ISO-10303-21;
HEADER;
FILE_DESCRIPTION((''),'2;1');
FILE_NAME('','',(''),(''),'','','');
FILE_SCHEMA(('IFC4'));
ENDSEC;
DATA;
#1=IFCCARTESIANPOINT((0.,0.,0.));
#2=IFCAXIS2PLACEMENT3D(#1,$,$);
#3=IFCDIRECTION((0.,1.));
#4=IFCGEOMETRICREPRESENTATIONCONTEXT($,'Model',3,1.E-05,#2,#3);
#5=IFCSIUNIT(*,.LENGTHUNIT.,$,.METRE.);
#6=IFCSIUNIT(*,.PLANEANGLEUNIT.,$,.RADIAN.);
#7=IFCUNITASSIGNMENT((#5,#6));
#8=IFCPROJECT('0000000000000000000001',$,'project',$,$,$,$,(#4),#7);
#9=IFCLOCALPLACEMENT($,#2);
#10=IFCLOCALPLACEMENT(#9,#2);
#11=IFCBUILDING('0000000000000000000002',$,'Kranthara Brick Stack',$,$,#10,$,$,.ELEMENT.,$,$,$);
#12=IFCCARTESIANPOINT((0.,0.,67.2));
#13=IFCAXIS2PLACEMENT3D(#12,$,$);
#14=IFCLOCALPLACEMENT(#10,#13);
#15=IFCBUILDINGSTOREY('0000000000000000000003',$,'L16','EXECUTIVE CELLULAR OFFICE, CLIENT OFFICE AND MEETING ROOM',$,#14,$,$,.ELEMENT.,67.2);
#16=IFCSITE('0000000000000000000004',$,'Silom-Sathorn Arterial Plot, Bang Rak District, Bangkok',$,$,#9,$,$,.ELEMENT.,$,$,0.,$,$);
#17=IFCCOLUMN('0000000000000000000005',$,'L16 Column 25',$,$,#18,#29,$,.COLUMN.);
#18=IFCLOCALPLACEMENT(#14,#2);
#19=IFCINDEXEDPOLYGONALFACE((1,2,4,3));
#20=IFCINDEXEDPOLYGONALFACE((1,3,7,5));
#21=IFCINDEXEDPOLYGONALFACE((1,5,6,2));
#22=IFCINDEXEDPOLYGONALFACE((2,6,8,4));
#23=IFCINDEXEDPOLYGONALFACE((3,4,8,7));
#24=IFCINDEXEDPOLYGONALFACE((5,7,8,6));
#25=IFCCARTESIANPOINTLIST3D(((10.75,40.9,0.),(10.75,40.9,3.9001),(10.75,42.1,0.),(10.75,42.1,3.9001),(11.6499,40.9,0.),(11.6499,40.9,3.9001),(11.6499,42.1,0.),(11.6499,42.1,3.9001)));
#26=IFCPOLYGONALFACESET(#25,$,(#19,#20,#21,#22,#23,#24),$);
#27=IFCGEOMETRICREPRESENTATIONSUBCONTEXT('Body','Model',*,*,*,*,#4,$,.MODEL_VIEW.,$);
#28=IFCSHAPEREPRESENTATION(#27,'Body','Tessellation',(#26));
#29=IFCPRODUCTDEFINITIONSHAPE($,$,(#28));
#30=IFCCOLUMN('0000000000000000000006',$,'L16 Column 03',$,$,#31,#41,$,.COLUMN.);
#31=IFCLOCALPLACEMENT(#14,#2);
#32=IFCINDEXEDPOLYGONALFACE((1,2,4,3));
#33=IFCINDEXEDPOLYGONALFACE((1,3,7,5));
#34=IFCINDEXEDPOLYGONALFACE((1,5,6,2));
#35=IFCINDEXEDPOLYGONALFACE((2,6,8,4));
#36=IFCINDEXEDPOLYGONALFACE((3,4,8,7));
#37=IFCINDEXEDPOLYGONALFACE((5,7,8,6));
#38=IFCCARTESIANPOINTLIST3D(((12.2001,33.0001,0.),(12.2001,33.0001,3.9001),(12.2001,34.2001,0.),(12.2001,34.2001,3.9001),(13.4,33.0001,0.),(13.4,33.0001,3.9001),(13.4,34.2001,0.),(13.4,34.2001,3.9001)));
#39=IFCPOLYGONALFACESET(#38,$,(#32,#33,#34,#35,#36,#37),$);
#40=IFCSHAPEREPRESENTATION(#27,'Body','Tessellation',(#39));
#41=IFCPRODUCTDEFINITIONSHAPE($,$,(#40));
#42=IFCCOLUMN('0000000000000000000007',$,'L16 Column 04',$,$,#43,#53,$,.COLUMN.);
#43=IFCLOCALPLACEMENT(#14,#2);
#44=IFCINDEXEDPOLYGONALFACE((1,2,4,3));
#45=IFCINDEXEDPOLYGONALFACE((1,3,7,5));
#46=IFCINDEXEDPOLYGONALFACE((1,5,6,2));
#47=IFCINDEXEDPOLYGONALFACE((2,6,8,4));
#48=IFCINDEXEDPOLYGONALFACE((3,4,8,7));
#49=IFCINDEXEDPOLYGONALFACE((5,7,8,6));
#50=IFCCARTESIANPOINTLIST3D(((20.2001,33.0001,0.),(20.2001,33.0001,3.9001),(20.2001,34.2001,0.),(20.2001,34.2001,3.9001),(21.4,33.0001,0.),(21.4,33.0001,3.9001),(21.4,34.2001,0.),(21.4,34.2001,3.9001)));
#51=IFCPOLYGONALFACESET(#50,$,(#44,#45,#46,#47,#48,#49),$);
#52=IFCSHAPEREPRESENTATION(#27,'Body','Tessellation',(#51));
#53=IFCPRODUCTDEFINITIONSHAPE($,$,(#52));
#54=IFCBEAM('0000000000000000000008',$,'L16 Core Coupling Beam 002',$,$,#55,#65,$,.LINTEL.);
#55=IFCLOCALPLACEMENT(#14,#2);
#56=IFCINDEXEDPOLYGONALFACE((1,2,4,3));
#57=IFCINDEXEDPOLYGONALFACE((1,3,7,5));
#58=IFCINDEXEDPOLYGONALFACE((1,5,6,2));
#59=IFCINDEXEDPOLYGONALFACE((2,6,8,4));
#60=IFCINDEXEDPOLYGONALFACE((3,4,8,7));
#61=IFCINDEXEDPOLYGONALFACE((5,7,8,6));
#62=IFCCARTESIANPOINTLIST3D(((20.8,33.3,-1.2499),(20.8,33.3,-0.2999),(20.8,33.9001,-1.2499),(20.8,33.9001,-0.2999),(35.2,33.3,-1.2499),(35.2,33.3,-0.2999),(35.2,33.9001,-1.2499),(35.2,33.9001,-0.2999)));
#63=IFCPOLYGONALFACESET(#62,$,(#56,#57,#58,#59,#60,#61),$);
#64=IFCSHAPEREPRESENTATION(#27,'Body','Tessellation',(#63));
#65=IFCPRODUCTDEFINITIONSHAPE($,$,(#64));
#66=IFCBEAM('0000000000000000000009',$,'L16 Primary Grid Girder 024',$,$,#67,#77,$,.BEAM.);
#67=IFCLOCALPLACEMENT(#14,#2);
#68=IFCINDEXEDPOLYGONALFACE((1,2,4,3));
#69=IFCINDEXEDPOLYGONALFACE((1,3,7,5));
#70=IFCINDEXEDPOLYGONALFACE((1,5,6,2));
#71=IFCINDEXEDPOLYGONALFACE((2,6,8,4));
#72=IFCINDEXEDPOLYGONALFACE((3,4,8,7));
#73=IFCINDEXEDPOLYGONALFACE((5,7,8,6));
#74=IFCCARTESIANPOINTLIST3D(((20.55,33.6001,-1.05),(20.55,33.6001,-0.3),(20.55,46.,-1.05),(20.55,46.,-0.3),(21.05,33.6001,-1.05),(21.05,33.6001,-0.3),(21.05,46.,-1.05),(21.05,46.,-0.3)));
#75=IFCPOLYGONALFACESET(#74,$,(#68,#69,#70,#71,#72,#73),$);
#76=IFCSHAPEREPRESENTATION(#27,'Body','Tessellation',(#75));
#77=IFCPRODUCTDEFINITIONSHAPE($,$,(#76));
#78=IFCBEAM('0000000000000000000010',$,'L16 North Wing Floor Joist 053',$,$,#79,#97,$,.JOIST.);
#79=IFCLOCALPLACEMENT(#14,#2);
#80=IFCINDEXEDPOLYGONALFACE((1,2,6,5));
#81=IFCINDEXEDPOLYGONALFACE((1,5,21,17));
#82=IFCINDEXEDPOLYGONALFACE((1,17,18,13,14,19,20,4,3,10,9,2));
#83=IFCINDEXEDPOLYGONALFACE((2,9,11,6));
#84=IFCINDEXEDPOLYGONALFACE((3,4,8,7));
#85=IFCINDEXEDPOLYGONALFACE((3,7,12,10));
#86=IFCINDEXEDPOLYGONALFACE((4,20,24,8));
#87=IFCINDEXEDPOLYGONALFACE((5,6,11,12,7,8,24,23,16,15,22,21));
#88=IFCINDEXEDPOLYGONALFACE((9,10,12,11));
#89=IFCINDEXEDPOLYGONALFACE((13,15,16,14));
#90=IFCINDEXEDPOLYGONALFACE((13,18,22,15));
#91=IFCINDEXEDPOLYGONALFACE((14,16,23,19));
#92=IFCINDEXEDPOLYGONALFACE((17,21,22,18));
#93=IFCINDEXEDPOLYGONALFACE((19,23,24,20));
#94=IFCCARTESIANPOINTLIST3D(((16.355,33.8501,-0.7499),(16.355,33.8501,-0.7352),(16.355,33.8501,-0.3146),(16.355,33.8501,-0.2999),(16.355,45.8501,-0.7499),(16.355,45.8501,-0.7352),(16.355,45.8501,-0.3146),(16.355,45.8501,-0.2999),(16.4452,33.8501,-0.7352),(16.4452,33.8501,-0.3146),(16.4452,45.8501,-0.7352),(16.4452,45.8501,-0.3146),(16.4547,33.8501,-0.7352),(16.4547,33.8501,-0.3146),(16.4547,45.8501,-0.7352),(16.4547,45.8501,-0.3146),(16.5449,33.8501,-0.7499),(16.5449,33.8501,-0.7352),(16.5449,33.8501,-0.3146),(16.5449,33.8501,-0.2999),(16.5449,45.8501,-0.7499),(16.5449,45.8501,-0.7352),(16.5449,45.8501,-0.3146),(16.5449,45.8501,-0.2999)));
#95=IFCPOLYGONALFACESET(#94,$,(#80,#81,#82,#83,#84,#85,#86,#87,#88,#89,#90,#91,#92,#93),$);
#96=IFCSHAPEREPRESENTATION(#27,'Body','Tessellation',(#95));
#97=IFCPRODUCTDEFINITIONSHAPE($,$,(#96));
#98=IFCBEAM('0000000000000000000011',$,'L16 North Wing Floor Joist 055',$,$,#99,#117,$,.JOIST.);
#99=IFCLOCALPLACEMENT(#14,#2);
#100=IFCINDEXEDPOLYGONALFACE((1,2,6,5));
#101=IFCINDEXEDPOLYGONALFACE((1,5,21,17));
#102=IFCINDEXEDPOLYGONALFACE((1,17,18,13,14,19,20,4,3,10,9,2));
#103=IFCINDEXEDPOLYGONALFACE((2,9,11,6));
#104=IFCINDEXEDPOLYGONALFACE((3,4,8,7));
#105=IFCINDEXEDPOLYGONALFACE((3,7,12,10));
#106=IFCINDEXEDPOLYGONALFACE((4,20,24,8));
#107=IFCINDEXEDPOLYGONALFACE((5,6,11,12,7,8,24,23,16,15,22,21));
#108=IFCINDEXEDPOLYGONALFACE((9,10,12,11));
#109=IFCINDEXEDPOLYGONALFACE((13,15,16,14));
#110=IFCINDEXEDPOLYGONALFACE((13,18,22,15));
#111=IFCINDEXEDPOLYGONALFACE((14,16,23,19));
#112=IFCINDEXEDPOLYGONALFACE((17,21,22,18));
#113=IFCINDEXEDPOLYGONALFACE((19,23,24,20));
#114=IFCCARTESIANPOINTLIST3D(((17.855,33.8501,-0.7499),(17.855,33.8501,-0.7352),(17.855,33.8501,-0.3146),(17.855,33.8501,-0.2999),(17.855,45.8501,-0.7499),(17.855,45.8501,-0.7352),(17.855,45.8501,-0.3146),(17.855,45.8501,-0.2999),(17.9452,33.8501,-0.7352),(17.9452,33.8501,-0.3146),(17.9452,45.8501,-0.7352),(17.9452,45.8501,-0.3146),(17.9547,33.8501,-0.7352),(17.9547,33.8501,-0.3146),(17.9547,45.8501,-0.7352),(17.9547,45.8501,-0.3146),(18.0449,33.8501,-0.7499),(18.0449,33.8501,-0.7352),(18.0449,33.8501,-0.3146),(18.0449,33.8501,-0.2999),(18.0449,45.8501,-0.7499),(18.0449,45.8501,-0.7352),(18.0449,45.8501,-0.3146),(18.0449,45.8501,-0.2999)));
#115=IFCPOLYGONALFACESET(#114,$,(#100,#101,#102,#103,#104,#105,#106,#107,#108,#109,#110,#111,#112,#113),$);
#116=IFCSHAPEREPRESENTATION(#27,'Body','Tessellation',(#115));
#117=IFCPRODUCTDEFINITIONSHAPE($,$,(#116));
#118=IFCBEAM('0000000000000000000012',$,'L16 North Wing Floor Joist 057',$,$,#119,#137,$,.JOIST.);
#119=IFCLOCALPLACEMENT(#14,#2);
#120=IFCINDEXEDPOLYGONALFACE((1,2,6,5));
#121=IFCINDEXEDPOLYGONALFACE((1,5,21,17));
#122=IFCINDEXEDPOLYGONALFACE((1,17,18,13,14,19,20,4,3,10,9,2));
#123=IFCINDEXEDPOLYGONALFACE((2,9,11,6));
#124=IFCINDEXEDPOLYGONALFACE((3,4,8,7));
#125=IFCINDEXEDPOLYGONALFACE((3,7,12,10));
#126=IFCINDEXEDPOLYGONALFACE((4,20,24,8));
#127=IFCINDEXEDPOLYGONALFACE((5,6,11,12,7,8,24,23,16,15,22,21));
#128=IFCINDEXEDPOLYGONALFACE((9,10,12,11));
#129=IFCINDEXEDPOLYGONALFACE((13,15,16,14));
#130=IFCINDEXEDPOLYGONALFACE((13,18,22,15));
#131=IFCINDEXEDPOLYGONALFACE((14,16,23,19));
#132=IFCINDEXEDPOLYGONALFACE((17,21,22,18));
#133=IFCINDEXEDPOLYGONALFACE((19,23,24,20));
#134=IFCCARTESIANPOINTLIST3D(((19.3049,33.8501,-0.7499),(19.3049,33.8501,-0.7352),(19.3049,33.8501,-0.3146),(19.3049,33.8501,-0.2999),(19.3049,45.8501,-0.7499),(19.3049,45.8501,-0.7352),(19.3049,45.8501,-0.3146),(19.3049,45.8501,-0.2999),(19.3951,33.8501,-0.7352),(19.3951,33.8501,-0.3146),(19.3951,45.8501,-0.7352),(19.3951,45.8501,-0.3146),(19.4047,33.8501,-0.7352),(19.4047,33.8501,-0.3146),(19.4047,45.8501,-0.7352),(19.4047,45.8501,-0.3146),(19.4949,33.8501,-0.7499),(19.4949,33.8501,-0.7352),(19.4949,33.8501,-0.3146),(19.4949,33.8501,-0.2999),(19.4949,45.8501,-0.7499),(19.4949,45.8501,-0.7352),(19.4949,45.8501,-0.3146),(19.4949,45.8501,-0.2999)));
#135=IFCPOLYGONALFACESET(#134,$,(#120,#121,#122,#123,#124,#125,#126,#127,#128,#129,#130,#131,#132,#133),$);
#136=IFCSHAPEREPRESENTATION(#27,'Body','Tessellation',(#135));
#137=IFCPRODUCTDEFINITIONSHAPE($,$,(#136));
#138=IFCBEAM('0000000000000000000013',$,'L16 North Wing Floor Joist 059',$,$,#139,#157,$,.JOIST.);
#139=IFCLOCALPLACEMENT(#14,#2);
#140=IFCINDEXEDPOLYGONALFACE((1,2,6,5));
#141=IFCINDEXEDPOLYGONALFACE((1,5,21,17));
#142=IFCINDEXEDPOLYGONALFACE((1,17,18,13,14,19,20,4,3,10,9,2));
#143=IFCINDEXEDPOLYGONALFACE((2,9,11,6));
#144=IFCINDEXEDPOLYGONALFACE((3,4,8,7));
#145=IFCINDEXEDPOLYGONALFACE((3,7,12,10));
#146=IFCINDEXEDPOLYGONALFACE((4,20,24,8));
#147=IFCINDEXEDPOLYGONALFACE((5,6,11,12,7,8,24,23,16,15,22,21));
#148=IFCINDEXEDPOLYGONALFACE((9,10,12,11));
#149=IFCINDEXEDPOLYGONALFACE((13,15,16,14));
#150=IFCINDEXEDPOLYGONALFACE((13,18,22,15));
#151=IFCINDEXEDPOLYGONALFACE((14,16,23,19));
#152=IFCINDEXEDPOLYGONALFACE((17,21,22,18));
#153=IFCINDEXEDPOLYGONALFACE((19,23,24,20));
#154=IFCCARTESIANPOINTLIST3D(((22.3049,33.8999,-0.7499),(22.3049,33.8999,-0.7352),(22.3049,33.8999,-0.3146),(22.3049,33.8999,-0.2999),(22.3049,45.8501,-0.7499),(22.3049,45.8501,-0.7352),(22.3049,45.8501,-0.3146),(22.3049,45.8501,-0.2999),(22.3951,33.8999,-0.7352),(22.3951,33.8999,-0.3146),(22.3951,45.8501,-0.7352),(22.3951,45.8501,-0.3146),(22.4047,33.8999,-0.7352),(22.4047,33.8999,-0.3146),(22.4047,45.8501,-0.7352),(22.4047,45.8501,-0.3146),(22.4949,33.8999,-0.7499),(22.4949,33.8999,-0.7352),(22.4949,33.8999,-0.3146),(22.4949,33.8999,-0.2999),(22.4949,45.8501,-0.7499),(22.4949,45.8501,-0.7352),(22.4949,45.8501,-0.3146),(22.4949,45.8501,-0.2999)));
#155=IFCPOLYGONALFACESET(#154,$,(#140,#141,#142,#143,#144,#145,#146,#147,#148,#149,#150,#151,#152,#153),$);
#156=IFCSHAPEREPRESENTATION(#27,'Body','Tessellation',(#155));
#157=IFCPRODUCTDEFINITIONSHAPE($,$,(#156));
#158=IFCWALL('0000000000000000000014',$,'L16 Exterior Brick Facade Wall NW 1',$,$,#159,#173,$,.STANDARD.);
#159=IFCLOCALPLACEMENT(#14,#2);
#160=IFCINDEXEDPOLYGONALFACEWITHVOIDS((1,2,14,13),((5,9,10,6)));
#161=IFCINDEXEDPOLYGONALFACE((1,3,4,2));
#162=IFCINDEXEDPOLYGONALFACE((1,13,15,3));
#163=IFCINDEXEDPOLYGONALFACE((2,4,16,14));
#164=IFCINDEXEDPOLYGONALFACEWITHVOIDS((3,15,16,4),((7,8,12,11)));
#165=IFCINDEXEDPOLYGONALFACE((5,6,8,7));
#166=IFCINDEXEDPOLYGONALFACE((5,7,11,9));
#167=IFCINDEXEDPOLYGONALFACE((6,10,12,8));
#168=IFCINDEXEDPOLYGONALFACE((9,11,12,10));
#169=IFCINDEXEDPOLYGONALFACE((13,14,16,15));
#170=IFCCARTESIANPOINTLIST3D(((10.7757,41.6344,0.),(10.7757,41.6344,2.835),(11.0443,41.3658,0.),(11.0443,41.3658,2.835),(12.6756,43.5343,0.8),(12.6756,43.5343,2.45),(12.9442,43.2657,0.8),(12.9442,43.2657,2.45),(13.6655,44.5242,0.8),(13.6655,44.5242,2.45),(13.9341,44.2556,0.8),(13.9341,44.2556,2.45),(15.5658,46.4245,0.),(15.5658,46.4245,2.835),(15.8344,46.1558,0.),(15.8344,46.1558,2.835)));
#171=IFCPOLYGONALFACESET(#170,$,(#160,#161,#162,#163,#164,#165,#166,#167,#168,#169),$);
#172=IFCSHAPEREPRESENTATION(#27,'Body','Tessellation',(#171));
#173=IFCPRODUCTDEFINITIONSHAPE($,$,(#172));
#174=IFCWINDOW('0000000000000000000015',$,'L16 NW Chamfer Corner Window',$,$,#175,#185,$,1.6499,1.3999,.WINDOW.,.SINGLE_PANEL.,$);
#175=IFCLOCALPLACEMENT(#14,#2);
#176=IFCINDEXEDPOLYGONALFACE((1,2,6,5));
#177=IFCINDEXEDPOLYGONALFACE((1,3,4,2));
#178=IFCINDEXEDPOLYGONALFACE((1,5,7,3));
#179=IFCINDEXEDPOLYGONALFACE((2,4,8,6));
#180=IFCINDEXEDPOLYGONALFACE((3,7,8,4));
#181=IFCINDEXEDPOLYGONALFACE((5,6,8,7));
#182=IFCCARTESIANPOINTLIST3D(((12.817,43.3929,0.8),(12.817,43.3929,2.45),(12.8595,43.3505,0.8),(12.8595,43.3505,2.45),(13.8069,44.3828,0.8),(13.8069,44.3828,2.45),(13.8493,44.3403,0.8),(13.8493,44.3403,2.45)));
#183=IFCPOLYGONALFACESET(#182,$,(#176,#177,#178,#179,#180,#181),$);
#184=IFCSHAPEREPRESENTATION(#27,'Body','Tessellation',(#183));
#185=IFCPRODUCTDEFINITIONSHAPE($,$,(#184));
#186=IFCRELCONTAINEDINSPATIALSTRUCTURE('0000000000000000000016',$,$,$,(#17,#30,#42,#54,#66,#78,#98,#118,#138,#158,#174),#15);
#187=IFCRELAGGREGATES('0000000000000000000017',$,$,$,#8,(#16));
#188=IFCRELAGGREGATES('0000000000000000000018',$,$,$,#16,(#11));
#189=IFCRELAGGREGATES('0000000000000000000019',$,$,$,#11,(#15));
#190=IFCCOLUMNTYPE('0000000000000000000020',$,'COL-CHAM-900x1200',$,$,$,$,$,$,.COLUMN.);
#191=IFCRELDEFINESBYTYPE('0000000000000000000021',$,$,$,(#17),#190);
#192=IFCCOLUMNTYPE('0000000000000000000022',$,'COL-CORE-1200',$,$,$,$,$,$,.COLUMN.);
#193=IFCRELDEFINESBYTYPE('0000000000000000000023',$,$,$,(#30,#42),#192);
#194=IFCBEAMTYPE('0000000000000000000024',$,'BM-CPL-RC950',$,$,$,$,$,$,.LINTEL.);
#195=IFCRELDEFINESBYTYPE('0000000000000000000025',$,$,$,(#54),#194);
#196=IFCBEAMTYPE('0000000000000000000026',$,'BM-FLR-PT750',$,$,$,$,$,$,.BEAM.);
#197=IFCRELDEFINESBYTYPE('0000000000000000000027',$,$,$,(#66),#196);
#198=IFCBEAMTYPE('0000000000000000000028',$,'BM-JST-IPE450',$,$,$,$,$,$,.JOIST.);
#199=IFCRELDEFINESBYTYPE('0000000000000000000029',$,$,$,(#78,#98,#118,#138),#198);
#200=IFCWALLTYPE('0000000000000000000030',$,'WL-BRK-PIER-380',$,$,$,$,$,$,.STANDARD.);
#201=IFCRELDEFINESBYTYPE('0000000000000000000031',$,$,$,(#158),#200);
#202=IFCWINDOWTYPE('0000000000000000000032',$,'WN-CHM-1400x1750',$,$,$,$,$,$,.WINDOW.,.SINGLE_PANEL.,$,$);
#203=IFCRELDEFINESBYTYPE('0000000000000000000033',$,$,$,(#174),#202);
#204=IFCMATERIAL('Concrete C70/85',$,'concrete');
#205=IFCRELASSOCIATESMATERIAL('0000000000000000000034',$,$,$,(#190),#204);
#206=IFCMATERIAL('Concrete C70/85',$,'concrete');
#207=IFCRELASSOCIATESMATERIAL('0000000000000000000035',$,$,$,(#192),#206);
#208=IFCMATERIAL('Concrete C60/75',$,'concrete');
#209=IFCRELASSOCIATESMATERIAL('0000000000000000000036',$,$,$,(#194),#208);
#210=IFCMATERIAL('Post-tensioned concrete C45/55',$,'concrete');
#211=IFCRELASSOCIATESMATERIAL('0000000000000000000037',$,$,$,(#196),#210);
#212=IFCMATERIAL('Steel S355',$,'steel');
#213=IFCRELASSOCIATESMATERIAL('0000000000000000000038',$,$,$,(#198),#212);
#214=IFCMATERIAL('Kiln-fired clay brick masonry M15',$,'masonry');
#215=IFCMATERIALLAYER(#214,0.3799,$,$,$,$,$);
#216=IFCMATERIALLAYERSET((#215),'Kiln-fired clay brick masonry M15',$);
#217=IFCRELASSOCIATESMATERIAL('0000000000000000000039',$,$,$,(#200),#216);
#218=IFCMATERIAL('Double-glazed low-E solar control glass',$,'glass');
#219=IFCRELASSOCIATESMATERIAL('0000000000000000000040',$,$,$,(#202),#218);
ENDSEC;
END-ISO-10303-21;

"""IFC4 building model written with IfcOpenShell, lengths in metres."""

from ifc_helpers import new_model, si_unit, direction, frame, frame_2d, origin, origin_2d, place, context, subcontext, project, spatial, rectangle, i_section, extrude, material, layer, layer_set, material_profile, profile_set, type_object, element, fill, save


model = new_model("IFC4")

# Units and contexts
model_context = context("Model", 3, precision=1e-05, world=origin(), true_north=direction((0.0, 1.0)))
body_context = subcontext(model_context, "Body", "Model", "MODEL_VIEW")
ifc_project = project(units=[si_unit("LENGTHUNIT", "METRE"), si_unit("PLANEANGLEUNIT", "RADIAN")], contexts=[model_context])

# Site, building, storey
site_placement = place(None, origin())
site = spatial("IfcSite", under=ifc_project, at=site_placement, Name="Silom-Sathorn Arterial Plot, Bang Rak District, Bangkok", CompositionType="ELEMENT", RefElevation=0.0)
building_placement = place(site_placement, origin())
building = spatial("IfcBuilding", under=site, at=building_placement, Name="Kranthara Brick Stack", CompositionType="ELEMENT")
storey_placement = place(building_placement, frame((0.0, 0.0, 67.2)))
storey = spatial("IfcBuildingStorey", under=building, at=storey_placement, Name="L16", Description="EXECUTIVE CELLULAR OFFICE, CLIENT OFFICE AND MEETING ROOM", CompositionType="ELEMENT", Elevation=67.2)

# Columns
ifc_material_1 = material(Name="Concrete C70/85", Category="concrete")
ifc_material_profile_1 = material_profile(ifc_material_1, rectangle(XDim=0.8999, YDim=1.2, at=origin_2d()), Name="RC 900x1200")
ifc_profile_set_1 = profile_set([ifc_material_profile_1], Name="Concrete C70/85")
column_type_1 = type_object("IfcColumnType", Name="COL-CHAM-900x1200", PredefinedType="COLUMN", material=ifc_profile_set_1)
column_placement = place(storey_placement, frame((11.2, 41.5, 0.0), z_axis=(0.0, 0.0, 1.0), x_axis=(1.0, 0.0, 0.0)))
element("IfcColumn", 1, at=column_placement, inside=storey, type_object=column_type_1, Name="L16 Column 25", PredefinedType="COLUMN", context=body_context, shape_type="SweptSolid", body=[
    extrude(rectangle(XDim=0.8999, YDim=1.2, at=origin_2d()), origin(), (0.0, 0.0, 1.0), 3.9001),
])
ifc_material_2 = material(Name="Concrete C70/85", Category="concrete")
ifc_material_profile_2 = material_profile(ifc_material_2, rectangle(XDim=1.2, YDim=1.2, at=origin_2d()), Name="RC 1200x1200")
ifc_profile_set_2 = profile_set([ifc_material_profile_2], Name="Concrete C70/85")
column_type_2 = type_object("IfcColumnType", Name="COL-CORE-1200", PredefinedType="COLUMN", material=ifc_profile_set_2)
for number, where, z_axis, x_axis, name in (
    (2, (12.8, 33.6001, 0.0), (0.0, 0.0, 1.0), (1.0, 0.0, 0.0), "L16 Column 03"),
    (3, (20.8, 33.6001, 0.0), (0.0, 0.0, 1.0), (1.0, 0.0, 0.0), "L16 Column 04"),
):
    element("IfcColumn", number, at=place(storey_placement, frame(where, z_axis=z_axis, x_axis=x_axis)), inside=storey, type_object=column_type_2, Name=name, PredefinedType="COLUMN", context=body_context, shape_type="SweptSolid", body=[
        extrude(rectangle(XDim=1.2, YDim=1.2, at=origin_2d()), origin(), (0.0, 0.0, 1.0), 3.9001),
    ])

# Beams
ifc_material_3 = material(Name="Concrete C60/75", Category="concrete")
ifc_material_profile_3 = material_profile(ifc_material_3, rectangle(XDim=0.6001, YDim=0.95, at=origin_2d()), Name="RC 600x950")
ifc_profile_set_3 = profile_set([ifc_material_profile_3], Name="Concrete C60/75")
beam_type_1 = type_object("IfcBeamType", Name="BM-CPL-RC950", PredefinedType="LINTEL", material=ifc_profile_set_3)
beam_1_placement = place(storey_placement, frame((20.8, 33.6001, -0.7749), z_axis=(1.0, 0.0, 0.0), x_axis=(0.0, 1.0, 0.0)))
element("IfcBeam", 4, at=beam_1_placement, inside=storey, type_object=beam_type_1, Name="L16 Core Coupling Beam 002", PredefinedType="LINTEL", context=body_context, shape_type="SweptSolid", body=[
    extrude(rectangle(XDim=0.6001, YDim=0.95, at=origin_2d()), origin(), (0.0, 0.0, 1.0), 14.3999),
])
ifc_material_4 = material(Name="Post-tensioned concrete C45/55", Category="concrete")
ifc_material_profile_4 = material_profile(ifc_material_4, rectangle(XDim=0.5, YDim=0.75, at=origin_2d()), Name="PT 500x750")
ifc_profile_set_4 = profile_set([ifc_material_profile_4], Name="Post-tensioned concrete C45/55")
beam_type_2 = type_object("IfcBeamType", Name="BM-FLR-PT750", PredefinedType="BEAM", material=ifc_profile_set_4)
beam_2_placement = place(storey_placement, frame((20.8, 33.6001, -0.675), z_axis=(0.0, 1.0, 0.0), x_axis=(-1.0, 0.0, 0.0)))
element("IfcBeam", 5, at=beam_2_placement, inside=storey, type_object=beam_type_2, Name="L16 Primary Grid Girder 024", PredefinedType="BEAM", context=body_context, shape_type="SweptSolid", body=[
    extrude(rectangle(XDim=0.5, YDim=0.75, at=origin_2d()), origin(), (0.0, 0.0, 1.0), 12.3999),
])
ifc_material_5 = material(Name="Steel S355", Category="steel")
ifc_material_profile_5 = material_profile(ifc_material_5, i_section(OverallWidth=0.1899, OverallDepth=0.45, WebThickness=0.0095, FlangeThickness=0.0146, at=origin_2d()), Name="IPE 450")
ifc_profile_set_5 = profile_set([ifc_material_profile_5], Name="Steel S355")
beam_type_3 = type_object("IfcBeamType", Name="BM-JST-IPE450", PredefinedType="JOIST", material=ifc_profile_set_5)
for number, where, z_axis, x_axis, name in (
    (6, (16.45, 33.8501, -0.5249), (0.0, 1.0, 0.0), (-1.0, 0.0, 0.0), "L16 North Wing Floor Joist 053"),
    (7, (17.95, 33.8501, -0.5249), (0.0, 1.0, 0.0), (-1.0, 0.0, 0.0), "L16 North Wing Floor Joist 055"),
    (8, (19.3999, 33.8501, -0.5249), (0.0, 1.0, 0.0), (-1.0, 0.0, 0.0), "L16 North Wing Floor Joist 057"),
):
    element("IfcBeam", number, at=place(storey_placement, frame(where, z_axis=z_axis, x_axis=x_axis)), inside=storey, type_object=beam_type_3, Name=name, PredefinedType="JOIST", context=body_context, shape_type="SweptSolid", body=[
        extrude(i_section(OverallWidth=0.1899, OverallDepth=0.45, WebThickness=0.0095, FlangeThickness=0.0146, at=origin_2d()), origin(), (0.0, 0.0, 1.0), 12.0),
    ])
beam_3_placement = place(storey_placement, frame((22.3999, 33.8999, -0.5249), z_axis=(0.0, 1.0, 0.0), x_axis=(-1.0, 0.0, 0.0)))
element("IfcBeam", 9, at=beam_3_placement, inside=storey, type_object=beam_type_3, Name="L16 North Wing Floor Joist 059", PredefinedType="JOIST", context=body_context, shape_type="SweptSolid", body=[
    extrude(i_section(OverallWidth=0.1899, OverallDepth=0.45, WebThickness=0.0095, FlangeThickness=0.0146, at=origin_2d()), origin(), (0.0, 0.0, 1.0), 11.9502),
])

# Wall, opening, window
ifc_material_6 = material(Name="Kiln-fired clay brick masonry M15", Category="masonry")
ifc_layer_1 = layer(ifc_material_6, 0.3799)
ifc_layer_set_1 = layer_set([ifc_layer_1], Name="Kiln-fired clay brick masonry M15")
wall_type_1 = type_object("IfcWallType", Name="WL-BRK-PIER-380", PredefinedType="STANDARD", material=ifc_layer_set_1)
wall_1_placement = place(storey_placement, frame((10.9099, 41.5, 0.0), z_axis=(0.0, 0.0, 1.0), x_axis=(0.707107, 0.707107, 0.0)))
wall_1 = element("IfcWall", 10, at=wall_1_placement, inside=storey, type_object=wall_type_1, Name="L16 Exterior Brick Facade Wall NW 1", PredefinedType="STANDARD", context=body_context, shape_type="SweptSolid", body=[
    extrude(rectangle(XDim=6.7742, YDim=0.3799, at=frame_2d((3.3872, 0.0))), origin(), (0.0, 0.0, 1.0), 2.835),
])
opening_1_placement = place(wall_1_placement, frame((2.687, 0.0, 0.8)))
opening_1 = element("IfcOpeningElement", 11, at=opening_1_placement, cuts=wall_1, PredefinedType="OPENING", context=body_context, shape_type="SweptSolid", body=[
    extrude(rectangle(XDim=1.3999, YDim=1.6499, at=frame_2d((0.7, 0.825))), frame((0.0, 0.2, 0.0), z_axis=(0.0, -1.0, 0.0), x_axis=(1.0, 0.0, 0.0)), (0.0, 0.0, 1.0), 0.3999),
])
ifc_material_7 = material(Name="Double-glazed low-E solar control glass", Category="glass")
window_type = type_object("IfcWindowType", Name="WN-CHM-1400x1750", PartitioningType="SINGLE_PANEL", PredefinedType="WINDOW", material=ifc_material_7)
window_placement = place(opening_1_placement, origin())
window = element("IfcWindow", 12, at=window_placement, inside=storey, type_object=window_type, Name="L16 NW Chamfer Corner Window", OverallHeight=1.6499, OverallWidth=1.3999, PartitioningType="SINGLE_PANEL", PredefinedType="WINDOW", context=body_context, shape_type="SweptSolid", body=[
    extrude(rectangle(XDim=1.3999, YDim=1.6499, at=frame_2d((0.7, 0.825))), frame((0.0, -0.01, 0.0), z_axis=(0.0, -1.0, 0.0), x_axis=(1.0, 0.0, 0.0)), (0.0, 0.0, 1.0), 0.0601),
])
fill(opening_1, window)

save(model, "model.ifc")
